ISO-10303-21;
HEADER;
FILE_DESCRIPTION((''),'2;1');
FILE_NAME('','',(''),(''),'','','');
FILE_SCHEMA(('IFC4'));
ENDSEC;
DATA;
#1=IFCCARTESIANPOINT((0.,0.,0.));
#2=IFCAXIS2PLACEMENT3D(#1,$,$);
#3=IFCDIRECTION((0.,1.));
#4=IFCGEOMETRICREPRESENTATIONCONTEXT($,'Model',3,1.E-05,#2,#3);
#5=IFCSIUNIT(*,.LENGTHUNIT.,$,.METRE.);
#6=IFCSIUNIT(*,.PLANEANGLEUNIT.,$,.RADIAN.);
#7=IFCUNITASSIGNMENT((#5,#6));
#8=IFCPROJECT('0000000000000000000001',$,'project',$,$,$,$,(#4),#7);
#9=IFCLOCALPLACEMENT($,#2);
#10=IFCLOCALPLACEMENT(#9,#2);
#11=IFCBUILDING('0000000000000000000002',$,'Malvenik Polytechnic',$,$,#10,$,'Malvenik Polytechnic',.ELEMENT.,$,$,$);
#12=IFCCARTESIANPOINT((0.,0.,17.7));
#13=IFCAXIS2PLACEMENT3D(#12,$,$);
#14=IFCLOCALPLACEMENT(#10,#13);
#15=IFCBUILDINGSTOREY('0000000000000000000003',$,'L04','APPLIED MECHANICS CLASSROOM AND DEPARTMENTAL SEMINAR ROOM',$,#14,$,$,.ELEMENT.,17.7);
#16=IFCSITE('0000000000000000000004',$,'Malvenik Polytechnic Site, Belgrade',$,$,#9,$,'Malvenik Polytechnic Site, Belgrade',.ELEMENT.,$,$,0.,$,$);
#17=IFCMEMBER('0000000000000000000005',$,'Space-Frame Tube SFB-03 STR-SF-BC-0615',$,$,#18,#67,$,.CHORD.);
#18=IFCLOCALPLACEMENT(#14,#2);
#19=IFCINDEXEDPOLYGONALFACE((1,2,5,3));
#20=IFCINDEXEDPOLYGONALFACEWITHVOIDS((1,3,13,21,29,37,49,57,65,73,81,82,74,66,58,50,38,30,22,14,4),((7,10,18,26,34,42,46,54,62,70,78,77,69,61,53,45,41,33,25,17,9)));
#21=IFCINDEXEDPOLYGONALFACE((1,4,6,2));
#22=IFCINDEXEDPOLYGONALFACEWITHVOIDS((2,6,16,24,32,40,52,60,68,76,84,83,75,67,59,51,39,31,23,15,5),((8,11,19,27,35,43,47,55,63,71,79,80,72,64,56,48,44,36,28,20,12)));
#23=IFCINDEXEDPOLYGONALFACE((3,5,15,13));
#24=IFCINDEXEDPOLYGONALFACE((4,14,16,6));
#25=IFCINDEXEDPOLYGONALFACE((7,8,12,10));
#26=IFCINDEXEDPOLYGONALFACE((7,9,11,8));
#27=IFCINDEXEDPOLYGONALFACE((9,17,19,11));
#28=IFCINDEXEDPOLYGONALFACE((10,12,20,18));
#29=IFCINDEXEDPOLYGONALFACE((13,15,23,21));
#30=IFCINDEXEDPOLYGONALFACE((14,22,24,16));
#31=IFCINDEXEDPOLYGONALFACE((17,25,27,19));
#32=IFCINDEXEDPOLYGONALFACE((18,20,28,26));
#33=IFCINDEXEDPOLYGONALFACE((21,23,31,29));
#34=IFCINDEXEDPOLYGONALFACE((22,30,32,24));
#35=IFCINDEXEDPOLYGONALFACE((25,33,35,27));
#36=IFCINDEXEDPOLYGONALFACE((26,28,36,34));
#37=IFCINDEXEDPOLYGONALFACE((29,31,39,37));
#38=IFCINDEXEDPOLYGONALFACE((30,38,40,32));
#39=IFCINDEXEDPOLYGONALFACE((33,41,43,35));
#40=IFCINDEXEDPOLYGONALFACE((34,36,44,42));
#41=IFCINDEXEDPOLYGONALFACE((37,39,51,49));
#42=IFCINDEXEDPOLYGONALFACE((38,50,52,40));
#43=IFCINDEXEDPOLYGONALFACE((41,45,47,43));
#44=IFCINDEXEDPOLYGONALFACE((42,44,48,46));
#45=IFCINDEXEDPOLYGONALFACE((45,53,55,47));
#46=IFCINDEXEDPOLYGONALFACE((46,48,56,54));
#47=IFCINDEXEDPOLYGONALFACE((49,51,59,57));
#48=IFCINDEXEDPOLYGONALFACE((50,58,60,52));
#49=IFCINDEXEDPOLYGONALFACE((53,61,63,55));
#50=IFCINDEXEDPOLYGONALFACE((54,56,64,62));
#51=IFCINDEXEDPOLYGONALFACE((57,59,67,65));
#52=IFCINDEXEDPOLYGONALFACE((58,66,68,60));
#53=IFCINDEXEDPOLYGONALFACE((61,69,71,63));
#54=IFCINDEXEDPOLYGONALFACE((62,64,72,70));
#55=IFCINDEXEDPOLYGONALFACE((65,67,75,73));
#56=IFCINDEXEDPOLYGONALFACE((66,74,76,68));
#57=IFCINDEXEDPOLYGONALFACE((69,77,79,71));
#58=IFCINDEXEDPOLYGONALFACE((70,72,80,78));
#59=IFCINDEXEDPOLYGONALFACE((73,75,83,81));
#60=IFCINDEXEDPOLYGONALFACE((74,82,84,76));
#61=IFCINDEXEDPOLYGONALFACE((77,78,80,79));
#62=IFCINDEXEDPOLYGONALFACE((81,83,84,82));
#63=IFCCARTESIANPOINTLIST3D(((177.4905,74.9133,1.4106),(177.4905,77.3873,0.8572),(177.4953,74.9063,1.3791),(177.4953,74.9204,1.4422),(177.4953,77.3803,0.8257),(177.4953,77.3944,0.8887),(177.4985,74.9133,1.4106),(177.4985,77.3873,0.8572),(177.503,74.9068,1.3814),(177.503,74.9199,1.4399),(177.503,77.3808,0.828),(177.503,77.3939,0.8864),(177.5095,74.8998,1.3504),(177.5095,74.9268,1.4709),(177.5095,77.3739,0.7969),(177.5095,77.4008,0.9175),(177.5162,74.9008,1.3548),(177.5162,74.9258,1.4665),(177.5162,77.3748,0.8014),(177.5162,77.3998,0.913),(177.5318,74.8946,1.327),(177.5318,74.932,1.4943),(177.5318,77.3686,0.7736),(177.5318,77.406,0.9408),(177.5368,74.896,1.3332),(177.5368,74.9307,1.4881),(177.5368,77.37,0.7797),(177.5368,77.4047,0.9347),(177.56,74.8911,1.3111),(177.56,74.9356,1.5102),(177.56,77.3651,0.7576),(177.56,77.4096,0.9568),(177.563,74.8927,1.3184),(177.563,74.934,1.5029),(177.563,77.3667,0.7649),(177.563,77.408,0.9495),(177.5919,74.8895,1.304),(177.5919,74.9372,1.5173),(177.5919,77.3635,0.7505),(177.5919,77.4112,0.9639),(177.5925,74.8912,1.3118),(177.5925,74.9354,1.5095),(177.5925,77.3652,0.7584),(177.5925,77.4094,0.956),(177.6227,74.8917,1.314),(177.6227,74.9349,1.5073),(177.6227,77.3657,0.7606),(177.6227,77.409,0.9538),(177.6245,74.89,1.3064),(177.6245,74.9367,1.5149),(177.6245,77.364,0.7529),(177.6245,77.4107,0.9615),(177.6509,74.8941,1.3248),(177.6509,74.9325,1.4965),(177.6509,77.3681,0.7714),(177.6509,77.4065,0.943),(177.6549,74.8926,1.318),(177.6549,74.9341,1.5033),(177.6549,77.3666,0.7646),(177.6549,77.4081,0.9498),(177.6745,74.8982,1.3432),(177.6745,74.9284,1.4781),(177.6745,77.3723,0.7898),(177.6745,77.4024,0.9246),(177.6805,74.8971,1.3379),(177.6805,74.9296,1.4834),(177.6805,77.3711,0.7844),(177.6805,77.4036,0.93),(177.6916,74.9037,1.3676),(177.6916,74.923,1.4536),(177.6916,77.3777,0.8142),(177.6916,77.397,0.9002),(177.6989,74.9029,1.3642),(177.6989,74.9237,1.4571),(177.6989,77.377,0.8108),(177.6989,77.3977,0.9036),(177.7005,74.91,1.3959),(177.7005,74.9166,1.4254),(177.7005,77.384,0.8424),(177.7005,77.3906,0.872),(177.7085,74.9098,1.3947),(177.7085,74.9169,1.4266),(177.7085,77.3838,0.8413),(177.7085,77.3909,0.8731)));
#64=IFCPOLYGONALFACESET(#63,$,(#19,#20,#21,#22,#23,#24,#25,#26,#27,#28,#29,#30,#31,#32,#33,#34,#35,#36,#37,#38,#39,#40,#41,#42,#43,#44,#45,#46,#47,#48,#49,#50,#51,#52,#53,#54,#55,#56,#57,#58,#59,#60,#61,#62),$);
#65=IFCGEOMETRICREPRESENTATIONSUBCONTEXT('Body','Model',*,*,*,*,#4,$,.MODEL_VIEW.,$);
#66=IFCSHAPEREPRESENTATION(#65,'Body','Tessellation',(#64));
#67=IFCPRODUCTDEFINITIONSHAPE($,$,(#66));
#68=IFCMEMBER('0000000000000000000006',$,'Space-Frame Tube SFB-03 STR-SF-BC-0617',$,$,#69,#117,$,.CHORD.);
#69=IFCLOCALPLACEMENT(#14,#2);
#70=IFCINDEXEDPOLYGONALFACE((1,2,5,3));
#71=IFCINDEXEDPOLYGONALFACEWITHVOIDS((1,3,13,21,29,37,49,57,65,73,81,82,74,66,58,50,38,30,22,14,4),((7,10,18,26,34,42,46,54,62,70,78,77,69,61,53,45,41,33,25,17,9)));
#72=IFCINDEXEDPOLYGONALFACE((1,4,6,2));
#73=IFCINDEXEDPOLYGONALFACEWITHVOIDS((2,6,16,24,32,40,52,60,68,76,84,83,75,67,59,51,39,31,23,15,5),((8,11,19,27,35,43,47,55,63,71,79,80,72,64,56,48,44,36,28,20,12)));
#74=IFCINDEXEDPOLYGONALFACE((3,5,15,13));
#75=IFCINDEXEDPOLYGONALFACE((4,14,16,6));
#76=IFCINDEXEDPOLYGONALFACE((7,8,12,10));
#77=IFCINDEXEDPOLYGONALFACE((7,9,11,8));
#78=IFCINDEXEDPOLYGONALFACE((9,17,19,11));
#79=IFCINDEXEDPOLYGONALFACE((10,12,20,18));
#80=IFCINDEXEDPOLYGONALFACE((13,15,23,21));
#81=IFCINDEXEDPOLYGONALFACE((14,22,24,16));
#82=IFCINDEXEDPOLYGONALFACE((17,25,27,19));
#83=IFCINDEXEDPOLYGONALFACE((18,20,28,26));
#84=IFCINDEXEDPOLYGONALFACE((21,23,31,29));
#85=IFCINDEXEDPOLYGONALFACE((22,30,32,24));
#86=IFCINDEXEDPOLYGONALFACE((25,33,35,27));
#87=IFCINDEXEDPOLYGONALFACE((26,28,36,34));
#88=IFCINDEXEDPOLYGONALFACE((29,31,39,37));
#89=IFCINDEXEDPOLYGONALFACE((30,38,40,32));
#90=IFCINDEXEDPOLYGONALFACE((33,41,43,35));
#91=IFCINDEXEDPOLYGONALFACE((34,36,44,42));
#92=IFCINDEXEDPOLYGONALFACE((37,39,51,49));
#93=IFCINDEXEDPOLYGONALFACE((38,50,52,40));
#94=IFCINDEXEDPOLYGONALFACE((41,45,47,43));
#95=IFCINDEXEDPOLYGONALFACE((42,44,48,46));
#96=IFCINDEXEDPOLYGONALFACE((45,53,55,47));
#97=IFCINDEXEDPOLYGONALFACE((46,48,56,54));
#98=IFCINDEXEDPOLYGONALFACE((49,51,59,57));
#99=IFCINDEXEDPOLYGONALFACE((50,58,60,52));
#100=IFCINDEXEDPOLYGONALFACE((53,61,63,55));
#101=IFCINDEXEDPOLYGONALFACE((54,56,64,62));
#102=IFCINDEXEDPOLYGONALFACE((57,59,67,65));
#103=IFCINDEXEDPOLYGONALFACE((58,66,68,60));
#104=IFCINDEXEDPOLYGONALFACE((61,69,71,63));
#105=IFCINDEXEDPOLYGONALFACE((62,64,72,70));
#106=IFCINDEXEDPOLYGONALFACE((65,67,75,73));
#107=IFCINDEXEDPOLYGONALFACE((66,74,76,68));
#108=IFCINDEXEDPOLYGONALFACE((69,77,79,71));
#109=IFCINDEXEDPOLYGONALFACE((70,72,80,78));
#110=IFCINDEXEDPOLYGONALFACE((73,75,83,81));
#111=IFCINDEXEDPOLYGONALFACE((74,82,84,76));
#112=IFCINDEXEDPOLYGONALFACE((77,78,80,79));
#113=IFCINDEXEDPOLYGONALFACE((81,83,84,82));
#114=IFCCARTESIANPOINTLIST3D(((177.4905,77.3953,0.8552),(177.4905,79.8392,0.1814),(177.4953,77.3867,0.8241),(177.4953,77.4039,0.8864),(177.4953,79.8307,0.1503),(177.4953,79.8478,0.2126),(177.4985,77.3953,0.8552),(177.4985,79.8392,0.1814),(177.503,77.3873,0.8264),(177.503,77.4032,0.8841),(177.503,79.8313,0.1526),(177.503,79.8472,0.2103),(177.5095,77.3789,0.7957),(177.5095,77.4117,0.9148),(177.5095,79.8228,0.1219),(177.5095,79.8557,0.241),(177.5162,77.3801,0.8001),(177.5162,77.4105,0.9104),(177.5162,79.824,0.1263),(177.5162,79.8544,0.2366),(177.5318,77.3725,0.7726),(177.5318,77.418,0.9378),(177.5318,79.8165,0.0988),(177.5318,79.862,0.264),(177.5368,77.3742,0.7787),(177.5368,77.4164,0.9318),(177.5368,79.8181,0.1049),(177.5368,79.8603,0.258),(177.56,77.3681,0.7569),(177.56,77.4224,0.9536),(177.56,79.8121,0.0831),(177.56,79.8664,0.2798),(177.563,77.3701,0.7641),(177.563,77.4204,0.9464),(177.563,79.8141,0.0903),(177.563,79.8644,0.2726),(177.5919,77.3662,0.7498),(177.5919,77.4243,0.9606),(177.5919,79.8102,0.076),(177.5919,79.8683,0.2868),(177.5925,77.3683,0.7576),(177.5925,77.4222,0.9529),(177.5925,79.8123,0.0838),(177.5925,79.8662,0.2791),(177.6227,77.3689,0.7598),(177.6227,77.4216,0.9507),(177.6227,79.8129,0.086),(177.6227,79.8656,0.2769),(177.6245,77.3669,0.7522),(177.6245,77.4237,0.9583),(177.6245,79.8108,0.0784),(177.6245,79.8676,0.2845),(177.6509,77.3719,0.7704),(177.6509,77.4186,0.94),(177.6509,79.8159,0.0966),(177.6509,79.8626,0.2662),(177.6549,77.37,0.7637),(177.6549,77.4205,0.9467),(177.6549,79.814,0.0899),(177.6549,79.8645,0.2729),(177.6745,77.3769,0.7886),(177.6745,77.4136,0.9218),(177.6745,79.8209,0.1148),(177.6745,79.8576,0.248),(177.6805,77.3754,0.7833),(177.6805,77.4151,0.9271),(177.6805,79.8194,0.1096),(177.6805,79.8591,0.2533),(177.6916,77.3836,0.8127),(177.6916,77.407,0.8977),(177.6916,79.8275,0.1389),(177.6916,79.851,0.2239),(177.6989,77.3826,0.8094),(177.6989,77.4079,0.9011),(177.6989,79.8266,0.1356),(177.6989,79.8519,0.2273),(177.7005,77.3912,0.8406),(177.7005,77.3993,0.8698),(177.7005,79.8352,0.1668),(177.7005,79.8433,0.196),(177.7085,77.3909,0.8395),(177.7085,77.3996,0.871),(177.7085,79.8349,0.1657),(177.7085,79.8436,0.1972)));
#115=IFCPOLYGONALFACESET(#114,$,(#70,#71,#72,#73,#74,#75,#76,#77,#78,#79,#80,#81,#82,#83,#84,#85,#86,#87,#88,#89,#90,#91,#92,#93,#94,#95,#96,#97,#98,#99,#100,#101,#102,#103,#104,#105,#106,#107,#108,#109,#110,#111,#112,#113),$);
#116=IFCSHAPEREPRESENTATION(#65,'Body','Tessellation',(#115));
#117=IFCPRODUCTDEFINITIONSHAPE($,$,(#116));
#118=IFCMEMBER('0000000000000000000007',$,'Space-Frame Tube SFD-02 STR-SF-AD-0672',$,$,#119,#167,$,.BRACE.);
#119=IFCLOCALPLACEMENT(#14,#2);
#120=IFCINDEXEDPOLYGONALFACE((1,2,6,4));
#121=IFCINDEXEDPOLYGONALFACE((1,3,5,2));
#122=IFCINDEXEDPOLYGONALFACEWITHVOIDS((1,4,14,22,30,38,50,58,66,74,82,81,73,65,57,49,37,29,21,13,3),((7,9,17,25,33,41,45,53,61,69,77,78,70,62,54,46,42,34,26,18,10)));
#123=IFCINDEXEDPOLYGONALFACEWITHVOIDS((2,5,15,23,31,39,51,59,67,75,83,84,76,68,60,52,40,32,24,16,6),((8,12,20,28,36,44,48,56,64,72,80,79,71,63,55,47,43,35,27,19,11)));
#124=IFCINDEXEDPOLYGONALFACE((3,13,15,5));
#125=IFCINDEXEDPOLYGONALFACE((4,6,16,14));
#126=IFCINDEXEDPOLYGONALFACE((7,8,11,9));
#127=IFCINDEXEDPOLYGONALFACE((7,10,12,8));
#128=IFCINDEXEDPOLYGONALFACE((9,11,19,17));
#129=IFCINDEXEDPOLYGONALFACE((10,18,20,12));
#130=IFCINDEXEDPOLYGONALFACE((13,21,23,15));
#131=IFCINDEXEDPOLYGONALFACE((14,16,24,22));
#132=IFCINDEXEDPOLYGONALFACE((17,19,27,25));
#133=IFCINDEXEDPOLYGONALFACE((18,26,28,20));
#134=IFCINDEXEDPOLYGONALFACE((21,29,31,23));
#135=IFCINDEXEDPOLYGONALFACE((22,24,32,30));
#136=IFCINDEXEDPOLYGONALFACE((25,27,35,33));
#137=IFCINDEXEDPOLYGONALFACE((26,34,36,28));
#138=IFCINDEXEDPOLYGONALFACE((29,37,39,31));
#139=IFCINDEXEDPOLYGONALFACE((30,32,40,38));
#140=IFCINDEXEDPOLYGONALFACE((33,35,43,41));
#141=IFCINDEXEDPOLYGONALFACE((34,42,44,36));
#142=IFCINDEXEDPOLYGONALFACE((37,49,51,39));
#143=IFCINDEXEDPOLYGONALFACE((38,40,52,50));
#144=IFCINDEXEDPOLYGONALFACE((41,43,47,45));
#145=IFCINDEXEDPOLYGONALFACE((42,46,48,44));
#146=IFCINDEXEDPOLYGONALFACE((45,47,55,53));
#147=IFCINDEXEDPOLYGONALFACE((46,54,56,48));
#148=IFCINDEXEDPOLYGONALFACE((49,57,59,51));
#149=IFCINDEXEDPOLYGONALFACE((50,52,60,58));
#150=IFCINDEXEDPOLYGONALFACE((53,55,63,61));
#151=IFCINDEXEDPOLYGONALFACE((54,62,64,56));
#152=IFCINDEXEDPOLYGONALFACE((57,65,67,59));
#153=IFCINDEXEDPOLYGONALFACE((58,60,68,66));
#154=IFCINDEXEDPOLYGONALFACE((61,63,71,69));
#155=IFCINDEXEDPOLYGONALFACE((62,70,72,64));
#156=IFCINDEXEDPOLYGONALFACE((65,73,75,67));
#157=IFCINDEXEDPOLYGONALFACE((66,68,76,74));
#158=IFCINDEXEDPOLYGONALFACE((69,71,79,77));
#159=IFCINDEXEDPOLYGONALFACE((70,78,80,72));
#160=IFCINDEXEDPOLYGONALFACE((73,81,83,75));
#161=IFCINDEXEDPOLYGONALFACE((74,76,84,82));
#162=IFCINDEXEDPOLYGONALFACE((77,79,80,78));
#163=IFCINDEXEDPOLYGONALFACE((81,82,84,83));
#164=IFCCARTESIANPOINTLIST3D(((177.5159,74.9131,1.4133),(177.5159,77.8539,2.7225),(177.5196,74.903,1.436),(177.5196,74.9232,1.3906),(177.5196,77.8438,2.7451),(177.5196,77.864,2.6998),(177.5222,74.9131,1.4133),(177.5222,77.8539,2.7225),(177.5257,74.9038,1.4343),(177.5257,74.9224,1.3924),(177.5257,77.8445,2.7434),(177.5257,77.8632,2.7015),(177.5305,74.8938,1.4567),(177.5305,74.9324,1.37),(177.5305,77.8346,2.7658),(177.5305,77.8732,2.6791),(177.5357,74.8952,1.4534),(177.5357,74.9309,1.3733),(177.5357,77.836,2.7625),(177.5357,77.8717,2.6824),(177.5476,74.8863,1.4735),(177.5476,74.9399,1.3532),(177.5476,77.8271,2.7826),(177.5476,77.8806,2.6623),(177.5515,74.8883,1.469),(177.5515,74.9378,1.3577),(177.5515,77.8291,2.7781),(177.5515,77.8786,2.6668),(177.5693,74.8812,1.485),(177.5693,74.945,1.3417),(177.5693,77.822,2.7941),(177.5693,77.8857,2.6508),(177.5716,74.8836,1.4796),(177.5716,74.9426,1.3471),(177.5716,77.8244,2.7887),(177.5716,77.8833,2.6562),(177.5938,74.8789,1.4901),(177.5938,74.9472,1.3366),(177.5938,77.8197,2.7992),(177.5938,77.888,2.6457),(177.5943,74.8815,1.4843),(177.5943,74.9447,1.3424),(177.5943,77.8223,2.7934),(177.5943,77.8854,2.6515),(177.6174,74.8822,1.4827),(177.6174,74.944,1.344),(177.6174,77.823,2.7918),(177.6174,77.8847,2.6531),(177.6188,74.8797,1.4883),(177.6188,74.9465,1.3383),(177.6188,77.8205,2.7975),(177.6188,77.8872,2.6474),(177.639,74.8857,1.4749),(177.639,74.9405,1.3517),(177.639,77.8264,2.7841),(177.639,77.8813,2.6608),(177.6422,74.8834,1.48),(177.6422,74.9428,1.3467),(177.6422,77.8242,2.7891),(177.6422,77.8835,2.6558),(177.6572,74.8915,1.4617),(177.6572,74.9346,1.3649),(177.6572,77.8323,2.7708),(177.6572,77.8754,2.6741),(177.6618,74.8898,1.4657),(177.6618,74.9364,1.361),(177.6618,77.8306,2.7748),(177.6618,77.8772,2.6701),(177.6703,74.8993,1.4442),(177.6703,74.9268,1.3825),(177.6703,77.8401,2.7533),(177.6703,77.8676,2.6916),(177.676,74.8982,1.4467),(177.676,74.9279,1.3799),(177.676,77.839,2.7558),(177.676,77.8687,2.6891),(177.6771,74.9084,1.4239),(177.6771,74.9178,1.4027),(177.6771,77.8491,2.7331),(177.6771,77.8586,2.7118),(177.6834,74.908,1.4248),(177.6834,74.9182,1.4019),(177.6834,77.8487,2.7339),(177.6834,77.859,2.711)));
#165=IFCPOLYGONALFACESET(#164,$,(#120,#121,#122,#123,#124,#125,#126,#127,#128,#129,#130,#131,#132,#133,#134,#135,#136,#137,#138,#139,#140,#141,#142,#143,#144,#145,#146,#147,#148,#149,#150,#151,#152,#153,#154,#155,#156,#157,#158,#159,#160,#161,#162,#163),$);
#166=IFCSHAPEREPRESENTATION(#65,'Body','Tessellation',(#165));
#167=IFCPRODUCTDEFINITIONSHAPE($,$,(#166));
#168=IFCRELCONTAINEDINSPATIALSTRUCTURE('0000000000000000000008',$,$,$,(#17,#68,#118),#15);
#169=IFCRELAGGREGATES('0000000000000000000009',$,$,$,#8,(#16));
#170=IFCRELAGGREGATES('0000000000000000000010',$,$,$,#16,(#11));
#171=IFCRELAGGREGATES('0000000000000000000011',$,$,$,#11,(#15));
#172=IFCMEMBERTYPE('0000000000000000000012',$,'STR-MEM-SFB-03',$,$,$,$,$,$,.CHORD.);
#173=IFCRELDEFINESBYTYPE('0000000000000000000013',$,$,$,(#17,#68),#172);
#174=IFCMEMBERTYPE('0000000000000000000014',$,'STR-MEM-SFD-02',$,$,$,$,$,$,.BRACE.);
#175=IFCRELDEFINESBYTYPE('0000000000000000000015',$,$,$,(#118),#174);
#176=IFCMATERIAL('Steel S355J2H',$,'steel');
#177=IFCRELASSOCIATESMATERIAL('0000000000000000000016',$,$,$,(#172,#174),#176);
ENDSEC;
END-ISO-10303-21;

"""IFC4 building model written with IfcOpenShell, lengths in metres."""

from ifc_helpers import new_model, si_unit, direction, frame, origin, origin_2d, place, context, subcontext, project, spatial, hollow_circle, extrude, material, material_profile, profile_set, type_object, element, save


model = new_model("IFC4")

# Units and contexts
model_context = context("Model", 3, precision=1e-05, world=origin(), true_north=direction((0.0, 1.0)))
body_context = subcontext(model_context, "Body", "Model", "MODEL_VIEW")
ifc_project = project(units=[si_unit("LENGTHUNIT", "METRE"), si_unit("PLANEANGLEUNIT", "RADIAN")], contexts=[model_context])

# Site, building, storey
site_placement = place(None, origin())
site = spatial("IfcSite", under=ifc_project, at=site_placement, Name="Malvenik Polytechnic Site, Belgrade", LongName="Malvenik Polytechnic Site, Belgrade", CompositionType="ELEMENT", RefElevation=0.0)
building_placement = place(site_placement, origin())
building = spatial("IfcBuilding", under=site, at=building_placement, Name="Malvenik Polytechnic", LongName="Malvenik Polytechnic", CompositionType="ELEMENT")
storey_placement = place(building_placement, frame((0.0, 0.0, 17.7)))
storey = spatial("IfcBuildingStorey", under=building, at=storey_placement, Name="L04", Description="APPLIED MECHANICS CLASSROOM AND DEPARTMENTAL SEMINAR ROOM", CompositionType="ELEMENT", Elevation=17.7)

# Members
ifc_material = material(Name="Steel S355J2H", Category="steel")
ifc_material_profile_1 = material_profile(ifc_material, hollow_circle(Radius=0.1096, WallThickness=0.0081, at=origin_2d()), Name="CHS 219.1x8.0")
ifc_profile_set_1 = profile_set([ifc_material_profile_1], Name="Steel S355J2H")
member_type_1 = type_object("IfcMemberType", Name="STR-MEM-SFB-03", PredefinedType="CHORD", material=ifc_profile_set_1)
for number, where, z_axis, x_axis, name in (
    (1, (177.6001, 74.9133, 1.4106), (0.0, 0.97588, -0.218307), (-1.0, 0.0, 0.0), "Space-Frame Tube SFB-03 STR-SF-BC-0615"),
    (2, (177.6001, 77.3953, 0.8552), (0.0, 0.964033, -0.265781), (-1.0, 0.0, 0.0), "Space-Frame Tube SFB-03 STR-SF-BC-0617"),
):
    element("IfcMember", number, at=place(storey_placement, frame(where, z_axis=z_axis, x_axis=x_axis)), inside=storey, type_object=member_type_1, Name=name, PredefinedType="CHORD", context=body_context, shape_type="SweptSolid", body=[
        extrude(hollow_circle(Radius=0.1096, WallThickness=0.0081, at=origin_2d()), origin(), (0.0, 0.0, 1.0), 2.5352),
    ])
ifc_material_profile_2 = material_profile(ifc_material, hollow_circle(Radius=0.0842, WallThickness=0.0063, at=origin_2d()), Name="CHS 168.3x6.3")
ifc_profile_set_2 = profile_set([ifc_material_profile_2], Name="Steel S355J2H")
member_type_2 = type_object("IfcMemberType", Name="STR-MEM-SFD-02", PredefinedType="BRACE", material=ifc_profile_set_2)
for number, where, z_axis, x_axis, name in (
    (3, (177.6001, 74.9131, 1.4133), (0.0, 0.913567, 0.406687), (-1.0, 0.0, 0.0), "Space-Frame Tube SFD-02 STR-SF-AD-0672"),
):
    element("IfcMember", number, at=place(storey_placement, frame(where, z_axis=z_axis, x_axis=x_axis)), inside=storey, type_object=member_type_2, Name=name, PredefinedType="BRACE", context=body_context, shape_type="SweptSolid", body=[
        extrude(hollow_circle(Radius=0.0842, WallThickness=0.0063, at=origin_2d()), origin(), (0.0, 0.0, 1.0), 3.219),
    ])

save(model, "model.ifc")
